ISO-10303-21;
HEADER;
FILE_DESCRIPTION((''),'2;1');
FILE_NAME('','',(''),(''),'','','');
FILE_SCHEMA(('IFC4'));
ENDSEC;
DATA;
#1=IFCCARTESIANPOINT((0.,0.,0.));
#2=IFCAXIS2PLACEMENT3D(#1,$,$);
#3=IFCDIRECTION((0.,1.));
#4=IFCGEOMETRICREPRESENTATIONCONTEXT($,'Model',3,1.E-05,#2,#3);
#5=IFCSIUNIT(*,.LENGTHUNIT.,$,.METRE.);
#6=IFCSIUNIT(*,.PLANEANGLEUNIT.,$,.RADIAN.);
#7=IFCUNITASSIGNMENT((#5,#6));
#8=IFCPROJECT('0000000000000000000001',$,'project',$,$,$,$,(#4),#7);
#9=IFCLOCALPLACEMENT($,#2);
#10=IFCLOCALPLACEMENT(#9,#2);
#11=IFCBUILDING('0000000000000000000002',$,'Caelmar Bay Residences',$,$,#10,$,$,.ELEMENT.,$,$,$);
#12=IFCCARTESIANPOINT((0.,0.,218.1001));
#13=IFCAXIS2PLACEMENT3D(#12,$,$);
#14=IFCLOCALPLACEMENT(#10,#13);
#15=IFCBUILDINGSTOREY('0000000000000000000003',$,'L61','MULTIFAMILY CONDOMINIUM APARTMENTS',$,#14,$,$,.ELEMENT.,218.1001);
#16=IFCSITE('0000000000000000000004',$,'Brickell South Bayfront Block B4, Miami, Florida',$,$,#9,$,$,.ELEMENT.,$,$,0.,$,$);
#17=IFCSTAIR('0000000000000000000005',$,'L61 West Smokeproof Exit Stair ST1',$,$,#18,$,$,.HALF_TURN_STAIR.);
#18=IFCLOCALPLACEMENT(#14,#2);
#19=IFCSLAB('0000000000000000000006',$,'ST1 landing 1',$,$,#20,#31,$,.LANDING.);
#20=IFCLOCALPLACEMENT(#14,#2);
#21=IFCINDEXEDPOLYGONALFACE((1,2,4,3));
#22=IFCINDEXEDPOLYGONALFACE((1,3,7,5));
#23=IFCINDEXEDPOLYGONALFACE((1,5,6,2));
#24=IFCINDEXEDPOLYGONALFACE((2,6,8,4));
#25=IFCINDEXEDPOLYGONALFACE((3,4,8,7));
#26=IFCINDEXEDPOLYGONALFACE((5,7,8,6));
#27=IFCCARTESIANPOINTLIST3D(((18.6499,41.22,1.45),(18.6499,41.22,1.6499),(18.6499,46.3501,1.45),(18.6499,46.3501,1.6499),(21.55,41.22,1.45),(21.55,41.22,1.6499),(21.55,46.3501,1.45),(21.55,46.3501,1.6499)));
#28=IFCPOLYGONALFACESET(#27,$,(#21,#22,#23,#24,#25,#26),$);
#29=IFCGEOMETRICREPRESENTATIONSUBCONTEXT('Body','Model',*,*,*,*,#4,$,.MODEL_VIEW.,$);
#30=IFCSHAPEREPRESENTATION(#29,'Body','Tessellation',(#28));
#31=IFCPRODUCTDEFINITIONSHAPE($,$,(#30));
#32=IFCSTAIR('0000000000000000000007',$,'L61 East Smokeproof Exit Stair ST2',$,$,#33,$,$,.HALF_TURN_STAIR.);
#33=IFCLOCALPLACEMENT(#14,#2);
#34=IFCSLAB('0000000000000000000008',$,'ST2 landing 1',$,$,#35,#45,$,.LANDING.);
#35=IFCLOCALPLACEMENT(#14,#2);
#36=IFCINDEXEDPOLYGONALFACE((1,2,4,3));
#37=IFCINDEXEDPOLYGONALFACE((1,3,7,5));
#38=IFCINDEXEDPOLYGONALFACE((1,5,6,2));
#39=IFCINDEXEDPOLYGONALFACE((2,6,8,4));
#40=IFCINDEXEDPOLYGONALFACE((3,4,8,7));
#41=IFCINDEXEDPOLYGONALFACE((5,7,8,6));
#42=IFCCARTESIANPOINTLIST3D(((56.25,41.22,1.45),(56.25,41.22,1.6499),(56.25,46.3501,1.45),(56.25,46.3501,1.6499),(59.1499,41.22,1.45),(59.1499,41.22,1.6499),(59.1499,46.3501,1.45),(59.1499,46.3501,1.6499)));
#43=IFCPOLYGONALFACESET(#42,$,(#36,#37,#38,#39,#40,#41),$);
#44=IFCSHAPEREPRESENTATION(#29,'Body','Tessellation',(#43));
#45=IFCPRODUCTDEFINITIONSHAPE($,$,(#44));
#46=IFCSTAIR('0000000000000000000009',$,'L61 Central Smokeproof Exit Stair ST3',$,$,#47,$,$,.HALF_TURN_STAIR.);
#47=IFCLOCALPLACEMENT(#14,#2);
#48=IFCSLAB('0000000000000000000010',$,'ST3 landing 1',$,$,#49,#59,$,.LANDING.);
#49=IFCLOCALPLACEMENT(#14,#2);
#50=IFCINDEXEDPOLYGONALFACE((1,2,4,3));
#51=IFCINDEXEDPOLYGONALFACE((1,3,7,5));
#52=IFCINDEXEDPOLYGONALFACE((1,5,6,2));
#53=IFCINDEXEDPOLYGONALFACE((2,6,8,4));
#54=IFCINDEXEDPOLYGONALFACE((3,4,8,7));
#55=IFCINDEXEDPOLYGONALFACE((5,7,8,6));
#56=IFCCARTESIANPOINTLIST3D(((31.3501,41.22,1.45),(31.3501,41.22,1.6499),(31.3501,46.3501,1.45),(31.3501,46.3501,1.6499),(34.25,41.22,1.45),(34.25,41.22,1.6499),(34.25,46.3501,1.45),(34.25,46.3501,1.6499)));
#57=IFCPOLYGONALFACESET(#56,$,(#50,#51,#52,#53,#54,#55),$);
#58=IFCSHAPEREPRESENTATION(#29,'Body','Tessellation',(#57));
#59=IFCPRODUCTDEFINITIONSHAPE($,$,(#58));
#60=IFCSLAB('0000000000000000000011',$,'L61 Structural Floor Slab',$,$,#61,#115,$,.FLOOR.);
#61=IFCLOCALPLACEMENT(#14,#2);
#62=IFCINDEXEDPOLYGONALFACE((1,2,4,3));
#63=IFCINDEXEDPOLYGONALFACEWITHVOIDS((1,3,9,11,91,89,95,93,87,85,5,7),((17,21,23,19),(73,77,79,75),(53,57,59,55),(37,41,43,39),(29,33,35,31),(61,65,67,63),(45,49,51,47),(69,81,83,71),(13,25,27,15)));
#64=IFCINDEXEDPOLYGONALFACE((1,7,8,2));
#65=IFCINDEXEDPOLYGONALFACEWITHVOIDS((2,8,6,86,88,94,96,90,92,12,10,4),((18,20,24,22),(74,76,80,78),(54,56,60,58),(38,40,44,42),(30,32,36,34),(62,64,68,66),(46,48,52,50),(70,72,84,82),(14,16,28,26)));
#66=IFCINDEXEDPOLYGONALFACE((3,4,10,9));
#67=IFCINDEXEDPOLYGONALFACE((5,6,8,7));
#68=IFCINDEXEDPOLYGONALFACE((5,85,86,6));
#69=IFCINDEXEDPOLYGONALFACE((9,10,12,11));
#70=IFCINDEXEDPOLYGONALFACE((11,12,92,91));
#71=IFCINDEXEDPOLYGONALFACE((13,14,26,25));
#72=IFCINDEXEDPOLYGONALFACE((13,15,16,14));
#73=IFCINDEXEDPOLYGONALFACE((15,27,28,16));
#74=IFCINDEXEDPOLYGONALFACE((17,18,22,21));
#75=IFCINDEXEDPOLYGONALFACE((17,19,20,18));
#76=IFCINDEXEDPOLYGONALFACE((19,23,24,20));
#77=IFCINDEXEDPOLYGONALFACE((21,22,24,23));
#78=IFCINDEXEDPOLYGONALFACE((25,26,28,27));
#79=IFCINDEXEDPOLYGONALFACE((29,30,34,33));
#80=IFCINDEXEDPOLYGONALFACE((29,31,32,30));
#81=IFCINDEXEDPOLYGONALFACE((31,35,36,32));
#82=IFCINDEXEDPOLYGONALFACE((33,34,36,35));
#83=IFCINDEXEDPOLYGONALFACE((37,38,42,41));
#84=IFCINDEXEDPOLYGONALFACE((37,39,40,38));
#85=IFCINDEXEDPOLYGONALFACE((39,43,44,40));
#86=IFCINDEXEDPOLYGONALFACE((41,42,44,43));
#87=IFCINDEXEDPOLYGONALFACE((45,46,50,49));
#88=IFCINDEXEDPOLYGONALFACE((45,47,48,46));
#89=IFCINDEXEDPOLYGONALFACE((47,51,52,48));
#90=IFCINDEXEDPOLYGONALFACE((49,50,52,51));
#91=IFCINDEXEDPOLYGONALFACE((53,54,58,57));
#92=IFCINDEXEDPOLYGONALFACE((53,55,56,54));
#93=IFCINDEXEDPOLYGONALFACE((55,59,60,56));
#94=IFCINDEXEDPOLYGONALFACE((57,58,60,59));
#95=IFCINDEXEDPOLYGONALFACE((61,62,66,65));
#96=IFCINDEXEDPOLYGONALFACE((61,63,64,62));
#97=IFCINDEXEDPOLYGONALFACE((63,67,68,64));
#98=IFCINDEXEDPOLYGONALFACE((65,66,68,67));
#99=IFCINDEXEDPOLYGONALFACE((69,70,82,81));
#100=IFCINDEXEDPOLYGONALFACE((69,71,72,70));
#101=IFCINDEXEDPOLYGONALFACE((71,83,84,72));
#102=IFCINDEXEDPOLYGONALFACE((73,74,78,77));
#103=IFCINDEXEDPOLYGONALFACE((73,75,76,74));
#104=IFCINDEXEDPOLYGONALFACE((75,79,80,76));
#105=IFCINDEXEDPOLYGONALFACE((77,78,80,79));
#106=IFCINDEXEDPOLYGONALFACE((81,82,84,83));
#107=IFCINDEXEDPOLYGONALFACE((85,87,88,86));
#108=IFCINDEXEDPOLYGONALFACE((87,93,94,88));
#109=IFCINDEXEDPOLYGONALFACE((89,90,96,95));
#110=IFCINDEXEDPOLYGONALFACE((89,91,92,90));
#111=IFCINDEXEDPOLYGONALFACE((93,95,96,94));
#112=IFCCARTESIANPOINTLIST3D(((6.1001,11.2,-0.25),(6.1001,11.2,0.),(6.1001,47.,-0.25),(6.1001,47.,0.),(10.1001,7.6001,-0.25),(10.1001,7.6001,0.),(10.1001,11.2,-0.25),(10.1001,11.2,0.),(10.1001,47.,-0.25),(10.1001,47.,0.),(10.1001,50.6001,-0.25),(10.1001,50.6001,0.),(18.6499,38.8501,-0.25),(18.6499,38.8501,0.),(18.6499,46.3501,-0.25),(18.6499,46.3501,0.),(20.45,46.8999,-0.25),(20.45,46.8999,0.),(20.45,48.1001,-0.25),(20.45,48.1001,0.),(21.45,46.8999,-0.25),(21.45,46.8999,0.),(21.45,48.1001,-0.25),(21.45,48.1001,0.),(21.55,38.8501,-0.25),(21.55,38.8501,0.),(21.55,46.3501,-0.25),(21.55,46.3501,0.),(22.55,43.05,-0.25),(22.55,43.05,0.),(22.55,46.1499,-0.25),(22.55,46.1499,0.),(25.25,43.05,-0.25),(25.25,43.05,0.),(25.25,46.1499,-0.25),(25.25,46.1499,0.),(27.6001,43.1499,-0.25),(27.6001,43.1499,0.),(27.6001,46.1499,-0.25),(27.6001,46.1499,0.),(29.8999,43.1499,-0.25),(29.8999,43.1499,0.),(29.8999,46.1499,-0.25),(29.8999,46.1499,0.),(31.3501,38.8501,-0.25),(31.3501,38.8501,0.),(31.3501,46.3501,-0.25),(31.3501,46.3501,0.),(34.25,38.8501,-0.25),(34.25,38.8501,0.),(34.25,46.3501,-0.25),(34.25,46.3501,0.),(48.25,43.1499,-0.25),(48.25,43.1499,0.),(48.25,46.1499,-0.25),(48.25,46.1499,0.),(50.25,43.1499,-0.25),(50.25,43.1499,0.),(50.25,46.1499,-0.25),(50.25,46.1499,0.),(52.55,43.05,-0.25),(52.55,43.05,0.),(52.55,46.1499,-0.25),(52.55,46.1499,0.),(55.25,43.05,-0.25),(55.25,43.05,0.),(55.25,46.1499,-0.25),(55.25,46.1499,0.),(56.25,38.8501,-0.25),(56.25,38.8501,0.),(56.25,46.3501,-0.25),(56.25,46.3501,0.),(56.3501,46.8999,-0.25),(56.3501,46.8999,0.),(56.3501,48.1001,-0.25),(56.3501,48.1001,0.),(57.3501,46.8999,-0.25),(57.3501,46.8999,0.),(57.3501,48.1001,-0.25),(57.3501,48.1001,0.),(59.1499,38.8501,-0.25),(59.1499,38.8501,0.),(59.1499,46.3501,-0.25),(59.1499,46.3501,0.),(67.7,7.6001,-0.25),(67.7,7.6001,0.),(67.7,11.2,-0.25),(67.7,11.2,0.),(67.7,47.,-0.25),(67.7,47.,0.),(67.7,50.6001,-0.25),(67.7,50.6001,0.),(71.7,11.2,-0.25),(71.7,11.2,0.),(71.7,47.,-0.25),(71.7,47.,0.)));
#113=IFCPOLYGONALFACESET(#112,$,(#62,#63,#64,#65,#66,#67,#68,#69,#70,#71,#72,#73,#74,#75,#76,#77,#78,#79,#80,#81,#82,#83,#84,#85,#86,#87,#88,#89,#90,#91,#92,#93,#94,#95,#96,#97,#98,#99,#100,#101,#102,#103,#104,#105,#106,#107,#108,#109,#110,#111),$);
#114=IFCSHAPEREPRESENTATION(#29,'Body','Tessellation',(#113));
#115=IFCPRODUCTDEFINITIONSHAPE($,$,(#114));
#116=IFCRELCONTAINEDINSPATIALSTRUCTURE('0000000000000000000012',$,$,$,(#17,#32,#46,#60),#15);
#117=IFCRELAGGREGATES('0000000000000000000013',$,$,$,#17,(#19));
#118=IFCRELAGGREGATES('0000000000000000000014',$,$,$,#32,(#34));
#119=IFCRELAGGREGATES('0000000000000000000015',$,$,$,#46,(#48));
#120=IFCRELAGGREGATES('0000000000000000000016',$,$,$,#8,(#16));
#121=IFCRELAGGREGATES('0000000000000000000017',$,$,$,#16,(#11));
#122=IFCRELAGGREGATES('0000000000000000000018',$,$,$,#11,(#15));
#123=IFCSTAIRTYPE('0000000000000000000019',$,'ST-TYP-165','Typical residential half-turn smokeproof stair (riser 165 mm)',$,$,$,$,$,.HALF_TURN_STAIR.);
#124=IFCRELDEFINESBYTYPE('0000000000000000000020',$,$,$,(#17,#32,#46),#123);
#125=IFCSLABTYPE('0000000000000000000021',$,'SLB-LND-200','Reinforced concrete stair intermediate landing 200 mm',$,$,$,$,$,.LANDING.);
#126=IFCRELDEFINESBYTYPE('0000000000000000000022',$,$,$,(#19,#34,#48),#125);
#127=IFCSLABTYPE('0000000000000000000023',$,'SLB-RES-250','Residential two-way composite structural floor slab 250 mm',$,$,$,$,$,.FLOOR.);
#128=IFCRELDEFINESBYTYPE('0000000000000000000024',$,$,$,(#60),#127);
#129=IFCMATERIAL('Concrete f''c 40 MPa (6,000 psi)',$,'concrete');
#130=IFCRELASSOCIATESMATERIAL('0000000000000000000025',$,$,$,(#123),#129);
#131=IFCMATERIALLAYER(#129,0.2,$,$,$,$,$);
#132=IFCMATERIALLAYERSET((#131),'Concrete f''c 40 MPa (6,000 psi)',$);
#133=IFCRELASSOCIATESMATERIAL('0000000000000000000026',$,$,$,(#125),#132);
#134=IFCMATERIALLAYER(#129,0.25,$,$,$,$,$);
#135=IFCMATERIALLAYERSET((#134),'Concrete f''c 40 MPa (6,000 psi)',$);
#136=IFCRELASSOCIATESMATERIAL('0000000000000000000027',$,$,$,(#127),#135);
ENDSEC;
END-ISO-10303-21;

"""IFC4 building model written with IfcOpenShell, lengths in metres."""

from ifc_helpers import new_model, si_unit, direction, frame, origin, place, context, subcontext, project, spatial, polyline, outline, extrude, material, layer, layer_set, type_object, element, aggregate, save


model = new_model("IFC4")

# Units and contexts
model_context = context("Model", 3, precision=1e-05, world=origin(), true_north=direction((0.0, 1.0)))
body_context = subcontext(model_context, "Body", "Model", "MODEL_VIEW")
ifc_project = project(units=[si_unit("LENGTHUNIT", "METRE"), si_unit("PLANEANGLEUNIT", "RADIAN")], contexts=[model_context])

# Site, building, storey
site_placement = place(None, origin())
site = spatial("IfcSite", under=ifc_project, at=site_placement, Name="Brickell South Bayfront Block B4, Miami, Florida", CompositionType="ELEMENT", RefElevation=0.0)
building_placement = place(site_placement, origin())
building = spatial("IfcBuilding", under=site, at=building_placement, Name="Caelmar Bay Residences", CompositionType="ELEMENT")
storey_placement = place(building_placement, frame((0.0, 0.0, 218.1001)))
storey = spatial("IfcBuildingStorey", under=building, at=storey_placement, Name="L61", Description="MULTIFAMILY CONDOMINIUM APARTMENTS", CompositionType="ELEMENT", Elevation=218.1001)

# Shared definitions
ifc_material_1 = material(Name="Concrete f'c 40 MPa (6,000 psi)", Category="concrete")

# Stairs, slabs
stair_type = type_object("IfcStairType", Name="ST-TYP-165", Description="Typical residential half-turn smokeproof stair (riser 165 mm)", PredefinedType="HALF_TURN_STAIR", material=ifc_material_1)
stair_1_placement = place(storey_placement, origin())
stair_1 = element("IfcStair", 1, at=stair_1_placement, inside=storey, type_object=stair_type, Name="L61 West Smokeproof Exit Stair ST1", PredefinedType="HALF_TURN_STAIR")
ifc_layer_1 = layer(ifc_material_1, 0.2)
ifc_layer_set_1 = layer_set([ifc_layer_1], Name="Concrete f'c 40 MPa (6,000 psi)")
slab_type_1 = type_object("IfcSlabType", Name="SLB-LND-200", Description="Reinforced concrete stair intermediate landing 200 mm", PredefinedType="LANDING", material=ifc_layer_set_1)
slab_1_placement = place(storey_placement, frame((0.0, 0.0, 1.45)))
slab_1 = element("IfcSlab", 2, at=slab_1_placement, type_object=slab_type_1, Name="ST1 landing 1", PredefinedType="LANDING", context=body_context, shape_type="SweptSolid", body=[
    extrude(outline(polyline([(21.55, 41.22), (21.55, 46.3501), (18.6499, 46.3501), (18.6499, 41.22), (21.55, 41.22)])), origin(), (0.0, 0.0, 1.0), 0.2),
])
aggregate(stair_1, [slab_1])
stair_2_placement = place(storey_placement, origin())
stair_2 = element("IfcStair", 3, at=stair_2_placement, inside=storey, type_object=stair_type, Name="L61 East Smokeproof Exit Stair ST2", PredefinedType="HALF_TURN_STAIR")
slab_2_placement = place(storey_placement, frame((0.0, 0.0, 1.45)))
slab_2 = element("IfcSlab", 4, at=slab_2_placement, type_object=slab_type_1, Name="ST2 landing 1", PredefinedType="LANDING", context=body_context, shape_type="SweptSolid", body=[
    extrude(outline(polyline([(59.1499, 41.22), (59.1499, 46.3501), (56.25, 46.3501), (56.25, 41.22), (59.1499, 41.22)])), origin(), (0.0, 0.0, 1.0), 0.2),
])
aggregate(stair_2, [slab_2])
stair_3_placement = place(storey_placement, origin())
stair_3 = element("IfcStair", 5, at=stair_3_placement, inside=storey, type_object=stair_type, Name="L61 Central Smokeproof Exit Stair ST3", PredefinedType="HALF_TURN_STAIR")
slab_3_placement = place(storey_placement, frame((0.0, 0.0, 1.45)))
slab_3 = element("IfcSlab", 6, at=slab_3_placement, type_object=slab_type_1, Name="ST3 landing 1", PredefinedType="LANDING", context=body_context, shape_type="SweptSolid", body=[
    extrude(outline(polyline([(34.25, 41.22), (34.25, 46.3501), (31.3501, 46.3501), (31.3501, 41.22), (34.25, 41.22)])), origin(), (0.0, 0.0, 1.0), 0.2),
])
aggregate(stair_3, [slab_3])

# Slab
ifc_layer_2 = layer(ifc_material_1, 0.25)
ifc_layer_set_2 = layer_set([ifc_layer_2], Name="Concrete f'c 40 MPa (6,000 psi)")
slab_type_2 = type_object("IfcSlabType", Name="SLB-RES-250", Description="Residential two-way composite structural floor slab 250 mm", PredefinedType="FLOOR", material=ifc_layer_set_2)
slab_4_placement = place(storey_placement, frame((0.0, 0.0, -0.25)))
element("IfcSlab", 7, at=slab_4_placement, inside=storey, type_object=slab_type_2, Name="L61 Structural Floor Slab", PredefinedType="FLOOR", context=body_context, shape_type="SweptSolid", body=[
    extrude(outline(polyline([(10.1001, 7.6001), (67.7, 7.6001), (67.7, 11.2), (71.7, 11.2), (71.7, 47.0), (67.7, 47.0), (67.7, 50.6001), (10.1001, 50.6001), (10.1001, 47.0), (6.1001, 47.0), (6.1001, 11.2), (10.1001, 11.2), (10.1001, 7.6001)]), holes=[polyline([(18.6499, 38.8501), (21.55, 38.8501), (21.55, 46.3501), (18.6499, 46.3501), (18.6499, 38.8501)]), polyline([(56.25, 38.8501), (59.1499, 38.8501), (59.1499, 46.3501), (56.25, 46.3501), (56.25, 38.8501)]), polyline([(31.3501, 38.8501), (34.25, 38.8501), (34.25, 46.3501), (31.3501, 46.3501), (31.3501, 38.8501)]), polyline([(22.55, 43.05), (25.25, 43.05), (25.25, 46.1499), (22.55, 46.1499), (22.55, 43.05)]), polyline([(52.55, 43.05), (55.25, 43.05), (55.25, 46.1499), (52.55, 46.1499), (52.55, 43.05)]), polyline([(48.25, 43.1499), (50.25, 43.1499), (50.25, 46.1499), (48.25, 46.1499), (48.25, 43.1499)]), polyline([(27.6001, 43.1499), (29.8999, 43.1499), (29.8999, 46.1499), (27.6001, 46.1499), (27.6001, 43.1499)]), polyline([(20.45, 46.8999), (21.45, 46.8999), (21.45, 48.1001), (20.45, 48.1001), (20.45, 46.8999)]), polyline([(56.3501, 46.8999), (57.3501, 46.8999), (57.3501, 48.1001), (56.3501, 48.1001), (56.3501, 46.8999)])]), origin(), (0.0, 0.0, 1.0), 0.25),
])

save(model, "model.ifc")
